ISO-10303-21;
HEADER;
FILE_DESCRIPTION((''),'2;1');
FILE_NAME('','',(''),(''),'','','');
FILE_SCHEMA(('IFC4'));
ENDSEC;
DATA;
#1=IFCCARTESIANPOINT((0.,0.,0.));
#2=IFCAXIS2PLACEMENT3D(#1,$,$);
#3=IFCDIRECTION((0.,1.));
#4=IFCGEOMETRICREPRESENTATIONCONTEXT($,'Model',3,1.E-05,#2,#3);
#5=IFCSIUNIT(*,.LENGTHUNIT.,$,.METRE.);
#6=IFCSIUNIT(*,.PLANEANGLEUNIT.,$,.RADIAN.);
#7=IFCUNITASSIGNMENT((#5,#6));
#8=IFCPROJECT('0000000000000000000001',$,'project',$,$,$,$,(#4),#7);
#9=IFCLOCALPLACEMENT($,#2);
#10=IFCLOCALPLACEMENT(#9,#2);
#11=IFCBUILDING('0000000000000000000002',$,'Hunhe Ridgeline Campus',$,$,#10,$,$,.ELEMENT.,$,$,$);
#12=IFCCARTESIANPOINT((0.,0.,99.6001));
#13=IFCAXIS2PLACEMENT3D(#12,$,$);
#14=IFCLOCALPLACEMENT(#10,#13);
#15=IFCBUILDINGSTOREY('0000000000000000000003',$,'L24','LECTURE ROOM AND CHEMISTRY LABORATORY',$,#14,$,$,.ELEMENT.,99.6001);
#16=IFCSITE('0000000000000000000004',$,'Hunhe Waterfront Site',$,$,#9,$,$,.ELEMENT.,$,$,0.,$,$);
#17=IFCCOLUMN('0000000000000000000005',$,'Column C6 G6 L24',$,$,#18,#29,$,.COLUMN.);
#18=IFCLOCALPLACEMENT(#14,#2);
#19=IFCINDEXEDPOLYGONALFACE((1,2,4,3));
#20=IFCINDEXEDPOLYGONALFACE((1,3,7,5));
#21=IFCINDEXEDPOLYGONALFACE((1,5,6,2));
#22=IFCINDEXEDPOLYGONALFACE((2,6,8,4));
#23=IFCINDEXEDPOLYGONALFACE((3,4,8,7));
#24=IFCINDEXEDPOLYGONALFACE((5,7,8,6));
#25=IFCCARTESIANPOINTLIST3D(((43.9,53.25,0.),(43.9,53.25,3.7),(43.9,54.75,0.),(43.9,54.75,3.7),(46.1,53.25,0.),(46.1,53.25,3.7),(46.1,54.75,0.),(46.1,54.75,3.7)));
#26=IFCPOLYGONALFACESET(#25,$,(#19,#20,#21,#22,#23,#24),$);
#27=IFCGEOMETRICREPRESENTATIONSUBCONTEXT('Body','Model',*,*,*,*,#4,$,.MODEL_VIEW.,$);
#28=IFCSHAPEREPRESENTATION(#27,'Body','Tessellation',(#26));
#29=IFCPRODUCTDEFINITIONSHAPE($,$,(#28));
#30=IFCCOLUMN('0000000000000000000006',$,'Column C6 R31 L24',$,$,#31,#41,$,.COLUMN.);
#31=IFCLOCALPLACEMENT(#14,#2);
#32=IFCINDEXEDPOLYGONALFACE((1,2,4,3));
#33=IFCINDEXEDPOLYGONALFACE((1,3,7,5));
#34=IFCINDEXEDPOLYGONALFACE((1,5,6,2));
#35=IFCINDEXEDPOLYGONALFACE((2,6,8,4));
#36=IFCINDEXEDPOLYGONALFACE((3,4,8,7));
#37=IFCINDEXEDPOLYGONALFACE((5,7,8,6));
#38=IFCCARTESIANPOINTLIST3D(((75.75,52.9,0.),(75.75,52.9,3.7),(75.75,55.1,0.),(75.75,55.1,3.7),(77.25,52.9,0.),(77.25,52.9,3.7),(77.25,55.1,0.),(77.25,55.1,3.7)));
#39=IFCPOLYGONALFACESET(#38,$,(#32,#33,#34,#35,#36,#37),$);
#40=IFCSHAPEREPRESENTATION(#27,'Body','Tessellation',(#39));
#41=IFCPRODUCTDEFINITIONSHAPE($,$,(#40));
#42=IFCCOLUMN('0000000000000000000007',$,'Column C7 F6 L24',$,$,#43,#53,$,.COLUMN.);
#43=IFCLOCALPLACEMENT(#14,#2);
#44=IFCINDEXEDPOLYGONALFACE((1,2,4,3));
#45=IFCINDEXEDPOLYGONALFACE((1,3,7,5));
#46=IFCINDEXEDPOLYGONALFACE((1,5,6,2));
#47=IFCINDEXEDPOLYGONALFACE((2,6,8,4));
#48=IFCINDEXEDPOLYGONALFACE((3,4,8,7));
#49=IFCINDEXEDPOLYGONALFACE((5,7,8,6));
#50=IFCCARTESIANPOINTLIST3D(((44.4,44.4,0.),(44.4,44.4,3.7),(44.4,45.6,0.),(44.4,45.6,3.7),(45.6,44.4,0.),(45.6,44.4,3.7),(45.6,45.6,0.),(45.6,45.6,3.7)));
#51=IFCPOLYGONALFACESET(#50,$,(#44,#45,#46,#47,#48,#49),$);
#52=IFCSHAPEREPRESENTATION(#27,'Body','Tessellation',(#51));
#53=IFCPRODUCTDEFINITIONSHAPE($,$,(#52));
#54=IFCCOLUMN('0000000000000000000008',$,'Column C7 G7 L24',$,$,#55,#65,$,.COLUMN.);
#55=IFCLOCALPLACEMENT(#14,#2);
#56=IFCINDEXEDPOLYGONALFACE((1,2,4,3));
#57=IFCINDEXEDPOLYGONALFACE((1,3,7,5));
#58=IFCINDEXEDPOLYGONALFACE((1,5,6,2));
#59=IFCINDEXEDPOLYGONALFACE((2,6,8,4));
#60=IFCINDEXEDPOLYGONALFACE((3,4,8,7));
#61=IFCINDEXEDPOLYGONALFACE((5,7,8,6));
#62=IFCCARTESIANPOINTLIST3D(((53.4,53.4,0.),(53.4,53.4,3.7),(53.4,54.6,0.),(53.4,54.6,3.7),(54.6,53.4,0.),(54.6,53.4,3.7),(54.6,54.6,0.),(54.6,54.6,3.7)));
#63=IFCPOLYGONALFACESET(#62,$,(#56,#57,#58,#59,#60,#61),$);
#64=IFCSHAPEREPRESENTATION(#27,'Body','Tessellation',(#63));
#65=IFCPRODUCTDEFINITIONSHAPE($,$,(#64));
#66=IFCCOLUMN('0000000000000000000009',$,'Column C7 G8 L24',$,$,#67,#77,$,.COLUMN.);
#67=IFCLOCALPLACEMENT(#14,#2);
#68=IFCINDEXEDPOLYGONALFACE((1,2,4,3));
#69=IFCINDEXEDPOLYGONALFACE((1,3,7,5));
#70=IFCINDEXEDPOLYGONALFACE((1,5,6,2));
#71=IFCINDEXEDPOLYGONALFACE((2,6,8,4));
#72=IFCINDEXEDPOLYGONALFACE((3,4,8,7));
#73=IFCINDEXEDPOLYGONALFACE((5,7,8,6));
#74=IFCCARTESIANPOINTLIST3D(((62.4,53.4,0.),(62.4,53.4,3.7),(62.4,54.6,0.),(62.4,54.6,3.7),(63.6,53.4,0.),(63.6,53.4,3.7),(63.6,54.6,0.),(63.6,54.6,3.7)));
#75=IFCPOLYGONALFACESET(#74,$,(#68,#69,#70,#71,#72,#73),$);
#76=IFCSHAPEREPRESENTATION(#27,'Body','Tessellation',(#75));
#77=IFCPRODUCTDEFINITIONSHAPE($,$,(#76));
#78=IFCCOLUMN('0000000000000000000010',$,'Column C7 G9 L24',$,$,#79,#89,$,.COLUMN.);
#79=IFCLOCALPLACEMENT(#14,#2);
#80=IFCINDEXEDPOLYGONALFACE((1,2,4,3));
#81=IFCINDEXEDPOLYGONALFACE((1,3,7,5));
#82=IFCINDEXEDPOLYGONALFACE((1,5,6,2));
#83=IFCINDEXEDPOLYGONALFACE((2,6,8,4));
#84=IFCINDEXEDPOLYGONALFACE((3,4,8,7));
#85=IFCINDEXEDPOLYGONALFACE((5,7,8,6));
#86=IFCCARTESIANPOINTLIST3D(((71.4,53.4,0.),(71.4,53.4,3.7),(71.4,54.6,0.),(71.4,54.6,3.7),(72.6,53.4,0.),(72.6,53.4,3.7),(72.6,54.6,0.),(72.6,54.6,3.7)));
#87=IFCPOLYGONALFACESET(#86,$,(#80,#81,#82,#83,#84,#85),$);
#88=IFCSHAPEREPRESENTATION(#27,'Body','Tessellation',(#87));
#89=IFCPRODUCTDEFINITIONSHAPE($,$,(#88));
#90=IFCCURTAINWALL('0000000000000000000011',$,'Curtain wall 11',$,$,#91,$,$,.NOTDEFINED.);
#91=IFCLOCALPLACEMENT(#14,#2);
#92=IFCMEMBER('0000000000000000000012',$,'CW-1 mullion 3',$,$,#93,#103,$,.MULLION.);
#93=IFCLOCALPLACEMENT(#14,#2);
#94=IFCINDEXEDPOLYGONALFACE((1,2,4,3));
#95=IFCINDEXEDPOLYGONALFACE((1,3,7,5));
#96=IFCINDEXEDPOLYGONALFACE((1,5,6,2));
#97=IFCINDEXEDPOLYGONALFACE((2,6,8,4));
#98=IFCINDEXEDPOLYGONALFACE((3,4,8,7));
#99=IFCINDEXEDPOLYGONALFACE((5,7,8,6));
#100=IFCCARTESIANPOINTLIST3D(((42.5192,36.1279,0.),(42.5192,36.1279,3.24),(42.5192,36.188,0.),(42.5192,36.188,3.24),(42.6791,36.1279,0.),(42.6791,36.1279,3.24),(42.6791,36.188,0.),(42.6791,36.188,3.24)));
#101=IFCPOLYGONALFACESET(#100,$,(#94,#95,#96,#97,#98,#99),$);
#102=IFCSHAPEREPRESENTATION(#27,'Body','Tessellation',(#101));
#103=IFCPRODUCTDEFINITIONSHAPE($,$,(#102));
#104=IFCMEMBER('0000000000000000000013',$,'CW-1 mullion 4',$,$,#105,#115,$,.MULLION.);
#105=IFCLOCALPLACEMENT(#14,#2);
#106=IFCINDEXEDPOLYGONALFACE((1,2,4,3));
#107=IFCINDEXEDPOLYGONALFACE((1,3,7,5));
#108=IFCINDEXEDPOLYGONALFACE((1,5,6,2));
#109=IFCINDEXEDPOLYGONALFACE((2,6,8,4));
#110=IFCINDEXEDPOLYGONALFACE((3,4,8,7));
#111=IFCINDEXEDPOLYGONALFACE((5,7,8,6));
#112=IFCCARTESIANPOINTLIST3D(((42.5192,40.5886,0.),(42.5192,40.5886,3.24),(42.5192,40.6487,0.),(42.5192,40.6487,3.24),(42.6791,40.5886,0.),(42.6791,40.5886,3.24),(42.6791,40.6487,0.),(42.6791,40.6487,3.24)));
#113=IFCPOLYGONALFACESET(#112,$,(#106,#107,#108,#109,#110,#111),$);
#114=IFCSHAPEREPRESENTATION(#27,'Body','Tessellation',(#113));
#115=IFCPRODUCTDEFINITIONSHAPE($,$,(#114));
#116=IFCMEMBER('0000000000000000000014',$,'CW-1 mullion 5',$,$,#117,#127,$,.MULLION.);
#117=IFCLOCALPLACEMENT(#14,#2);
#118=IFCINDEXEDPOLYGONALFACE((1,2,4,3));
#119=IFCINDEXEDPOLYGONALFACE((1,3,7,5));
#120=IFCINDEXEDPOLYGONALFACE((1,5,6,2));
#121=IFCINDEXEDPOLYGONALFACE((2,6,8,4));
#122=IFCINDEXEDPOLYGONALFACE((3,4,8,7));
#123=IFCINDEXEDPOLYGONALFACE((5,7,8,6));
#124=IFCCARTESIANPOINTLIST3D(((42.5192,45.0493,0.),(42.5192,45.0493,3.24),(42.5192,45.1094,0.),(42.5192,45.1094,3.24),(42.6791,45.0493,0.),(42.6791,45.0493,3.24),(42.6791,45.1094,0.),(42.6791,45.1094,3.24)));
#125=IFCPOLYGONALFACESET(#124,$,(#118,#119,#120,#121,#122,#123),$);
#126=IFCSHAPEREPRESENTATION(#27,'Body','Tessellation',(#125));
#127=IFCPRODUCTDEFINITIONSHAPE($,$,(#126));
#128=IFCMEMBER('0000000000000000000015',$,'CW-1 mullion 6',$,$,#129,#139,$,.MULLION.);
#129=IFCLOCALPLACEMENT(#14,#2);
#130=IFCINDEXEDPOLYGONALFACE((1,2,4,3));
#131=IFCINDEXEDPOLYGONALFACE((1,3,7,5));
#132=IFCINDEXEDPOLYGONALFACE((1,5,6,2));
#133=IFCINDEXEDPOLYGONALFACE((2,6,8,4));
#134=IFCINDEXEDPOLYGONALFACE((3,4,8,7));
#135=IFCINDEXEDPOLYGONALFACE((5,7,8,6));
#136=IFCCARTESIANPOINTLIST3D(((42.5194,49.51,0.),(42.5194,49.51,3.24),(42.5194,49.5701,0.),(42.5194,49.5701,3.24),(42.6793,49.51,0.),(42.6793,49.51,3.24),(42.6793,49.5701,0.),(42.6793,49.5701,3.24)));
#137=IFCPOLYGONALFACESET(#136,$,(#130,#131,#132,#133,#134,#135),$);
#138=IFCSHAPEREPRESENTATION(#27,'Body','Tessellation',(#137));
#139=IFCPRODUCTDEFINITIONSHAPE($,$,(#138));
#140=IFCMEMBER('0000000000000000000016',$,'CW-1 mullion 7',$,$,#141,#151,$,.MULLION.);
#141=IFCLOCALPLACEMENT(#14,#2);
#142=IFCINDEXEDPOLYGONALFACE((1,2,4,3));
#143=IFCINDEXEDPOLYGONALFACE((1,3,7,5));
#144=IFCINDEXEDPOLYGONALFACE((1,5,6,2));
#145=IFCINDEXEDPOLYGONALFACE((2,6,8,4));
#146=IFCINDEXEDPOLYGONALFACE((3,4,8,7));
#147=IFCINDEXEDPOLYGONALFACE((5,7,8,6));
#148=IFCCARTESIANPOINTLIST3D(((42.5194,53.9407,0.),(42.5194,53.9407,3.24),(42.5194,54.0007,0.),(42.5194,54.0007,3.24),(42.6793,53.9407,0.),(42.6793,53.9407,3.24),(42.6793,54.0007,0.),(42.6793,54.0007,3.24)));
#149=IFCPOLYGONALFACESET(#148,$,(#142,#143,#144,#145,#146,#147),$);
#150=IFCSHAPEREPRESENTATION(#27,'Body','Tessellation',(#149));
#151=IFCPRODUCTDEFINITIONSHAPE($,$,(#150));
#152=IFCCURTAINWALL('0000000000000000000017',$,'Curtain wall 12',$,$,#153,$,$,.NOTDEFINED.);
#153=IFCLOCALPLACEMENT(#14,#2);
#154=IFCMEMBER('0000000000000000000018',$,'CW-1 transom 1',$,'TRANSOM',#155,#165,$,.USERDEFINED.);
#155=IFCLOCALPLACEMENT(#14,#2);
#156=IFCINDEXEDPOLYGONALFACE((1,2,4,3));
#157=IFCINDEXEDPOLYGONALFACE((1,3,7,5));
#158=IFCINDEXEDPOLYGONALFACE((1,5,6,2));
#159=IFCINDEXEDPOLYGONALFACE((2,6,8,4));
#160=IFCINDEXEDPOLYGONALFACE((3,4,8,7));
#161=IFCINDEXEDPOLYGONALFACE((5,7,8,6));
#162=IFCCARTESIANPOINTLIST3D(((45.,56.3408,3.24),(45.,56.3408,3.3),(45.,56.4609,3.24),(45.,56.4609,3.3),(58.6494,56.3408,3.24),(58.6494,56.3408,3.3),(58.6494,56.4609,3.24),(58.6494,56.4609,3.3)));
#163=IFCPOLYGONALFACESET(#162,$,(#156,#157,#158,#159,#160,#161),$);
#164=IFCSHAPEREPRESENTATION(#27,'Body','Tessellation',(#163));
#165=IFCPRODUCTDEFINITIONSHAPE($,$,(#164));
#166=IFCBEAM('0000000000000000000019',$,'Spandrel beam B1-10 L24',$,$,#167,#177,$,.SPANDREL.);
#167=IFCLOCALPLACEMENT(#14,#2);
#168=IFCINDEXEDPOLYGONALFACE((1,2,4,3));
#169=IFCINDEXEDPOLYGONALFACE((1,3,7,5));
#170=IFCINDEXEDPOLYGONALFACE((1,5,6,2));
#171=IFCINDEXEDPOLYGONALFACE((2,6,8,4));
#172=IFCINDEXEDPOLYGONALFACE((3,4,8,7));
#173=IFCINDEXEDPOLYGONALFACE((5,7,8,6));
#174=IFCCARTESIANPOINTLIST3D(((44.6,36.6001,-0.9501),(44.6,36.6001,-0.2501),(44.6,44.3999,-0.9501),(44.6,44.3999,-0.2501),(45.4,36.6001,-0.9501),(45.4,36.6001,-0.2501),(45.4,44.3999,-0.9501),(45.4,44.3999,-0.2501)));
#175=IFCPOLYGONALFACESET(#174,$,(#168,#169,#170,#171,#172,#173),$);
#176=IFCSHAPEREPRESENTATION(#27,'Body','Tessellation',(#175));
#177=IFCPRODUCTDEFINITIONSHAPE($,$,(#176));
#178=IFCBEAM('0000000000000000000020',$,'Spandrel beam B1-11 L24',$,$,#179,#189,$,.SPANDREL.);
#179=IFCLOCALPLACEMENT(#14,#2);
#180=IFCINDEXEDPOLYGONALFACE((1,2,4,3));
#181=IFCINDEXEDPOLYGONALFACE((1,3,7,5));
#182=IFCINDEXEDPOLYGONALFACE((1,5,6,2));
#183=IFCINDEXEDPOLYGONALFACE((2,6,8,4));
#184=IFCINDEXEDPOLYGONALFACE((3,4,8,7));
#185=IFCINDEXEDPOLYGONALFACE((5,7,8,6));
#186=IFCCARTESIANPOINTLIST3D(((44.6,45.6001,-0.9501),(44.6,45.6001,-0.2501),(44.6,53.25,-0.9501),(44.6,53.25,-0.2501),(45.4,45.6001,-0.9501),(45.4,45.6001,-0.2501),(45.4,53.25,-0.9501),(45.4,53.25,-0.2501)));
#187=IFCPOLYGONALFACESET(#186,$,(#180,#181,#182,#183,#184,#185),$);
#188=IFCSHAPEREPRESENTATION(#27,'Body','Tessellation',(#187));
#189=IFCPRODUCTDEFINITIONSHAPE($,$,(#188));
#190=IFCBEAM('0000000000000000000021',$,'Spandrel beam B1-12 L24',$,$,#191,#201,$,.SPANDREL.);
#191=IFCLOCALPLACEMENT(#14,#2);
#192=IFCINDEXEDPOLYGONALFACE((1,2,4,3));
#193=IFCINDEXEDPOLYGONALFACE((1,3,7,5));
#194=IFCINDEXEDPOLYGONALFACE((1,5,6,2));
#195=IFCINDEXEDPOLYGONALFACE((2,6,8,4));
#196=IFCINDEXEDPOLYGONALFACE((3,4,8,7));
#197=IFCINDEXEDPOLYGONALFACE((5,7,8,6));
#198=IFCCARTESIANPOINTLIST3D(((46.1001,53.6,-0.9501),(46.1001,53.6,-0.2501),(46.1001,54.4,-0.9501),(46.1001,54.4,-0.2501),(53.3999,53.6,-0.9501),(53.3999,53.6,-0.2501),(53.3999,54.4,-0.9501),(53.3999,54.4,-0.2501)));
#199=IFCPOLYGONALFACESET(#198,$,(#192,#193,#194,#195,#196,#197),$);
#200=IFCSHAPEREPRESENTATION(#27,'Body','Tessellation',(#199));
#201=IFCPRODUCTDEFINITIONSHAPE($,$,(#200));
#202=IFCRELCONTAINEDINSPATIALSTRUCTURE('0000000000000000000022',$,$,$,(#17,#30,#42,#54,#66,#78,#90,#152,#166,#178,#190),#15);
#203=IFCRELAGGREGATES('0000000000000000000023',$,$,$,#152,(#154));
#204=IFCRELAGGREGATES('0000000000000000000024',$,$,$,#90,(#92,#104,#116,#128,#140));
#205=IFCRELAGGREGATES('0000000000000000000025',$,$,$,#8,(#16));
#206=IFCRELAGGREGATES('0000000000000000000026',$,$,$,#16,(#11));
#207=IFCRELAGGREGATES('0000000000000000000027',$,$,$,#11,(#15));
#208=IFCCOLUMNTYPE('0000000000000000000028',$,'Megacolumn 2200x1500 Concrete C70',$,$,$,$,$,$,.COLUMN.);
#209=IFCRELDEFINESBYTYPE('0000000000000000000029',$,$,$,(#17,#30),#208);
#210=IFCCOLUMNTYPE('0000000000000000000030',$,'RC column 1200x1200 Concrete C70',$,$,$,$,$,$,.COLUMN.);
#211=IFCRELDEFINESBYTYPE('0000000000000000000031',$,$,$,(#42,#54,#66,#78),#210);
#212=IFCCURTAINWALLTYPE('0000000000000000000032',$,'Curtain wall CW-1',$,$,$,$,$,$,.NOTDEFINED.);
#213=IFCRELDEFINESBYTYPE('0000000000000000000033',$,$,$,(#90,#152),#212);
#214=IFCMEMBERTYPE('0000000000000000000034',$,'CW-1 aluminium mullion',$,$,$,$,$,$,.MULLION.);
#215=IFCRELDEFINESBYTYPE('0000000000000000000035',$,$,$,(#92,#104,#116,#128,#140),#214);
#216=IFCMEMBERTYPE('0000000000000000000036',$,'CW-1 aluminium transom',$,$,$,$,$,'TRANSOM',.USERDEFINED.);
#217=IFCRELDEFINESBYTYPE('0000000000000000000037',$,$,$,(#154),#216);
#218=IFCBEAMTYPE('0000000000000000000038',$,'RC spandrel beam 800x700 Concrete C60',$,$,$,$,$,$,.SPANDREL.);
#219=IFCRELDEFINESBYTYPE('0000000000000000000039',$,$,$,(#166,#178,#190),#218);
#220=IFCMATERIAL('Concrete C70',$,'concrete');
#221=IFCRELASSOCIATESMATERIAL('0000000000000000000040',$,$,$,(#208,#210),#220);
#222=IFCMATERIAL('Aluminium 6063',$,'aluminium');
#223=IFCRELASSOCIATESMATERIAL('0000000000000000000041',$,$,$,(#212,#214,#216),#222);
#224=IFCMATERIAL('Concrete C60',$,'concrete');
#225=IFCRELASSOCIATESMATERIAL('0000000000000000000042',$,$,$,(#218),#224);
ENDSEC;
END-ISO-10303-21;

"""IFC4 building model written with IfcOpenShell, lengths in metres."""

from ifc_helpers import new_model, si_unit, direction, frame, origin, origin_2d, place, context, subcontext, project, spatial, rectangle, extrude, material, material_profile, profile_set, type_object, element, aggregate, save


model = new_model("IFC4")

# Units and contexts
model_context = context("Model", 3, precision=1e-05, world=origin(), true_north=direction((0.0, 1.0)))
body_context = subcontext(model_context, "Body", "Model", "MODEL_VIEW")
ifc_project = project(units=[si_unit("LENGTHUNIT", "METRE"), si_unit("PLANEANGLEUNIT", "RADIAN")], contexts=[model_context])

# Site, building, storey
site_placement = place(None, origin())
site = spatial("IfcSite", under=ifc_project, at=site_placement, Name="Hunhe Waterfront Site", CompositionType="ELEMENT", RefElevation=0.0)
building_placement = place(site_placement, origin())
building = spatial("IfcBuilding", under=site, at=building_placement, Name="Hunhe Ridgeline Campus", CompositionType="ELEMENT")
storey_placement = place(building_placement, frame((0.0, 0.0, 99.6001)))
storey = spatial("IfcBuildingStorey", under=building, at=storey_placement, Name="L24", Description="LECTURE ROOM AND CHEMISTRY LABORATORY", CompositionType="ELEMENT", Elevation=99.6001)

# Columns
ifc_material_1 = material(Name="Concrete C70", Category="concrete")
ifc_material_profile_1 = material_profile(ifc_material_1, rectangle(XDim=2.2, YDim=1.5, at=origin_2d()))
ifc_profile_set_1 = profile_set([ifc_material_profile_1], Name="Concrete C70")
column_type_1 = type_object("IfcColumnType", Name="Megacolumn 2200x1500 Concrete C70", PredefinedType="COLUMN", material=ifc_profile_set_1)
for number, where, z_axis, x_axis, name in (
    (1, (45.0, 54.0, 0.0), (0.0, 0.0, 1.0), (1.0, 0.0, 0.0), "Column C6 G6 L24"),
    (2, (76.5, 54.0, 0.0), (0.0, 0.0, 1.0), (0.0, 1.0, 0.0), "Column C6 R31 L24"),
):
    element("IfcColumn", number, at=place(storey_placement, frame(where, z_axis=z_axis, x_axis=x_axis)), inside=storey, type_object=column_type_1, Name=name, PredefinedType="COLUMN", context=body_context, shape_type="SweptSolid", body=[
        extrude(rectangle(XDim=2.2, YDim=1.5, at=origin_2d()), origin(), (0.0, 0.0, 1.0), 3.7),
    ])
ifc_material_profile_2 = material_profile(ifc_material_1, rectangle(XDim=1.2, YDim=1.2, at=origin_2d()))
ifc_profile_set_2 = profile_set([ifc_material_profile_2], Name="Concrete C70")
column_type_2 = type_object("IfcColumnType", Name="RC column 1200x1200 Concrete C70", PredefinedType="COLUMN", material=ifc_profile_set_2)
for number, where, z_axis, x_axis, name in (
    (3, (45.0, 45.0, 0.0), (0.0, 0.0, 1.0), (1.0, 0.0, 0.0), "Column C7 F6 L24"),
    (4, (54.0, 54.0, 0.0), (0.0, 0.0, 1.0), (1.0, 0.0, 0.0), "Column C7 G7 L24"),
    (5, (63.0, 54.0, 0.0), (0.0, 0.0, 1.0), (1.0, 0.0, 0.0), "Column C7 G8 L24"),
    (6, (72.0, 54.0, 0.0), (0.0, 0.0, 1.0), (1.0, 0.0, 0.0), "Column C7 G9 L24"),
):
    element("IfcColumn", number, at=place(storey_placement, frame(where, z_axis=z_axis, x_axis=x_axis)), inside=storey, type_object=column_type_2, Name=name, PredefinedType="COLUMN", context=body_context, shape_type="SweptSolid", body=[
        extrude(rectangle(XDim=1.2, YDim=1.2, at=origin_2d()), origin(), (0.0, 0.0, 1.0), 3.7),
    ])

# Curtain wall, members
ifc_material_2 = material(Name="Aluminium 6063", Category="aluminium")
curtain_wall_type = type_object("IfcCurtainWallType", Name="Curtain wall CW-1", PredefinedType="NOTDEFINED", material=ifc_material_2)
curtain_wall_1_placement = place(storey_placement, origin())
curtain_wall_1 = element("IfcCurtainWall", 7, at=curtain_wall_1_placement, inside=storey, type_object=curtain_wall_type, Name="Curtain wall 11", PredefinedType="NOTDEFINED")
ifc_material_profile_3 = material_profile(ifc_material_2, rectangle(XDim=0.1599, YDim=0.0601, at=origin_2d()))
ifc_profile_set_3 = profile_set([ifc_material_profile_3], Name="Aluminium 6063")
member_type_1 = type_object("IfcMemberType", Name="CW-1 aluminium mullion", PredefinedType="MULLION", material=ifc_profile_set_3)
member_1_placement = place(storey_placement, frame((42.5991, 36.158, 0.0), z_axis=(0.0, 0.0, 1.0), x_axis=(-1.0, 0.000011, 0.0)))
member_1 = element("IfcMember", 8, at=member_1_placement, type_object=member_type_1, Name="CW-1 mullion 3", PredefinedType="MULLION", context=body_context, shape_type="SweptSolid", body=[
    extrude(rectangle(XDim=0.1599, YDim=0.0601, at=origin_2d()), origin(), (0.0, 0.0, 1.0), 3.24),
])
member_2_placement = place(storey_placement, frame((42.5991, 40.6187, 0.0), z_axis=(0.0, 0.0, 1.0), x_axis=(-1.0, 0.000011, 0.0)))
member_2 = element("IfcMember", 9, at=member_2_placement, type_object=member_type_1, Name="CW-1 mullion 4", PredefinedType="MULLION", context=body_context, shape_type="SweptSolid", body=[
    extrude(rectangle(XDim=0.1599, YDim=0.0601, at=origin_2d()), origin(), (0.0, 0.0, 1.0), 3.24),
])
member_3_placement = place(storey_placement, frame((42.5991, 45.0793, 0.0), z_axis=(0.0, 0.0, 1.0), x_axis=(-1.0, 0.000011, 0.0)))
member_3 = element("IfcMember", 10, at=member_3_placement, type_object=member_type_1, Name="CW-1 mullion 5", PredefinedType="MULLION", context=body_context, shape_type="SweptSolid", body=[
    extrude(rectangle(XDim=0.1599, YDim=0.0601, at=origin_2d()), origin(), (0.0, 0.0, 1.0), 3.24),
])
member_4_placement = place(storey_placement, frame((42.5994, 49.54, 0.0), z_axis=(0.0, 0.0, 1.0), x_axis=(-1.0, 0.000011, 0.0)))
member_4 = element("IfcMember", 11, at=member_4_placement, type_object=member_type_1, Name="CW-1 mullion 6", PredefinedType="MULLION", context=body_context, shape_type="SweptSolid", body=[
    extrude(rectangle(XDim=0.1599, YDim=0.0601, at=origin_2d()), origin(), (0.0, 0.0, 1.0), 3.24),
])
member_5_placement = place(storey_placement, frame((42.5994, 53.9707, 0.0), z_axis=(0.0, 0.0, 1.0), x_axis=(-1.0, 0.000011, 0.0)))
member_5 = element("IfcMember", 12, at=member_5_placement, type_object=member_type_1, Name="CW-1 mullion 7", PredefinedType="MULLION", context=body_context, shape_type="SweptSolid", body=[
    extrude(rectangle(XDim=0.1599, YDim=0.0601, at=origin_2d()), origin(), (0.0, 0.0, 1.0), 3.24),
])

# Curtain wall, member
curtain_wall_2_placement = place(storey_placement, origin())
curtain_wall_2 = element("IfcCurtainWall", 13, at=curtain_wall_2_placement, inside=storey, type_object=curtain_wall_type, Name="Curtain wall 12", PredefinedType="NOTDEFINED")
ifc_material_profile_4 = material_profile(ifc_material_2, rectangle(XDim=0.1201, YDim=0.0601, at=origin_2d()))
ifc_profile_set_4 = profile_set([ifc_material_profile_4], Name="Aluminium 6063")
member_type_2 = type_object("IfcMemberType", Name="CW-1 aluminium transom", ElementType="TRANSOM", PredefinedType="USERDEFINED", material=ifc_profile_set_4)
member_6_placement = place(storey_placement, frame((45.0, 56.4009, 3.27), z_axis=(1.0, 0.0, 0.0), x_axis=(0.0, 1.0, 0.0)))
member_6 = element("IfcMember", 14, at=member_6_placement, type_object=member_type_2, Name="CW-1 transom 1", ObjectType="TRANSOM", PredefinedType="USERDEFINED", context=body_context, shape_type="SweptSolid", body=[
    extrude(rectangle(XDim=0.1201, YDim=0.0601, at=origin_2d()), origin(), (0.0, 0.0, 1.0), 13.6494),
])
aggregate(curtain_wall_2, [member_6])

# Beams
ifc_material_3 = material(Name="Concrete C60", Category="concrete")
ifc_material_profile_5 = material_profile(ifc_material_3, rectangle(XDim=0.8, YDim=0.7, at=origin_2d()))
ifc_profile_set_5 = profile_set([ifc_material_profile_5], Name="Concrete C60")
beam_type = type_object("IfcBeamType", Name="RC spandrel beam 800x700 Concrete C60", PredefinedType="SPANDREL", material=ifc_profile_set_5)
beam_1_placement = place(storey_placement, frame((45.0, 36.6001, -0.6001), z_axis=(0.0, 1.0, 0.0), x_axis=(-1.0, 0.0, 0.0)))
element("IfcBeam", 15, at=beam_1_placement, inside=storey, type_object=beam_type, Name="Spandrel beam B1-10 L24", PredefinedType="SPANDREL", context=body_context, shape_type="SweptSolid", body=[
    extrude(rectangle(XDim=0.8, YDim=0.7, at=origin_2d()), origin(), (0.0, 0.0, 1.0), 7.7998),
])
beam_2_placement = place(storey_placement, frame((45.0, 45.6001, -0.6001), z_axis=(0.0, 1.0, 0.0), x_axis=(-1.0, 0.0, 0.0)))
element("IfcBeam", 16, at=beam_2_placement, inside=storey, type_object=beam_type, Name="Spandrel beam B1-11 L24", PredefinedType="SPANDREL", context=body_context, shape_type="SweptSolid", body=[
    extrude(rectangle(XDim=0.8, YDim=0.7, at=origin_2d()), origin(), (0.0, 0.0, 1.0), 7.6499),
])
beam_3_placement = place(storey_placement, frame((46.1001, 54.0, -0.6001), z_axis=(1.0, 0.0, 0.0), x_axis=(0.0, 1.0, 0.0)))
element("IfcBeam", 17, at=beam_3_placement, inside=storey, type_object=beam_type, Name="Spandrel beam B1-12 L24", PredefinedType="SPANDREL", context=body_context, shape_type="SweptSolid", body=[
    extrude(rectangle(XDim=0.8, YDim=0.7, at=origin_2d()), origin(), (0.0, 0.0, 1.0), 7.2998),
])

aggregate(curtain_wall_1, [member_1, member_2, member_3, member_4, member_5])

save(model, "model.ifc")
